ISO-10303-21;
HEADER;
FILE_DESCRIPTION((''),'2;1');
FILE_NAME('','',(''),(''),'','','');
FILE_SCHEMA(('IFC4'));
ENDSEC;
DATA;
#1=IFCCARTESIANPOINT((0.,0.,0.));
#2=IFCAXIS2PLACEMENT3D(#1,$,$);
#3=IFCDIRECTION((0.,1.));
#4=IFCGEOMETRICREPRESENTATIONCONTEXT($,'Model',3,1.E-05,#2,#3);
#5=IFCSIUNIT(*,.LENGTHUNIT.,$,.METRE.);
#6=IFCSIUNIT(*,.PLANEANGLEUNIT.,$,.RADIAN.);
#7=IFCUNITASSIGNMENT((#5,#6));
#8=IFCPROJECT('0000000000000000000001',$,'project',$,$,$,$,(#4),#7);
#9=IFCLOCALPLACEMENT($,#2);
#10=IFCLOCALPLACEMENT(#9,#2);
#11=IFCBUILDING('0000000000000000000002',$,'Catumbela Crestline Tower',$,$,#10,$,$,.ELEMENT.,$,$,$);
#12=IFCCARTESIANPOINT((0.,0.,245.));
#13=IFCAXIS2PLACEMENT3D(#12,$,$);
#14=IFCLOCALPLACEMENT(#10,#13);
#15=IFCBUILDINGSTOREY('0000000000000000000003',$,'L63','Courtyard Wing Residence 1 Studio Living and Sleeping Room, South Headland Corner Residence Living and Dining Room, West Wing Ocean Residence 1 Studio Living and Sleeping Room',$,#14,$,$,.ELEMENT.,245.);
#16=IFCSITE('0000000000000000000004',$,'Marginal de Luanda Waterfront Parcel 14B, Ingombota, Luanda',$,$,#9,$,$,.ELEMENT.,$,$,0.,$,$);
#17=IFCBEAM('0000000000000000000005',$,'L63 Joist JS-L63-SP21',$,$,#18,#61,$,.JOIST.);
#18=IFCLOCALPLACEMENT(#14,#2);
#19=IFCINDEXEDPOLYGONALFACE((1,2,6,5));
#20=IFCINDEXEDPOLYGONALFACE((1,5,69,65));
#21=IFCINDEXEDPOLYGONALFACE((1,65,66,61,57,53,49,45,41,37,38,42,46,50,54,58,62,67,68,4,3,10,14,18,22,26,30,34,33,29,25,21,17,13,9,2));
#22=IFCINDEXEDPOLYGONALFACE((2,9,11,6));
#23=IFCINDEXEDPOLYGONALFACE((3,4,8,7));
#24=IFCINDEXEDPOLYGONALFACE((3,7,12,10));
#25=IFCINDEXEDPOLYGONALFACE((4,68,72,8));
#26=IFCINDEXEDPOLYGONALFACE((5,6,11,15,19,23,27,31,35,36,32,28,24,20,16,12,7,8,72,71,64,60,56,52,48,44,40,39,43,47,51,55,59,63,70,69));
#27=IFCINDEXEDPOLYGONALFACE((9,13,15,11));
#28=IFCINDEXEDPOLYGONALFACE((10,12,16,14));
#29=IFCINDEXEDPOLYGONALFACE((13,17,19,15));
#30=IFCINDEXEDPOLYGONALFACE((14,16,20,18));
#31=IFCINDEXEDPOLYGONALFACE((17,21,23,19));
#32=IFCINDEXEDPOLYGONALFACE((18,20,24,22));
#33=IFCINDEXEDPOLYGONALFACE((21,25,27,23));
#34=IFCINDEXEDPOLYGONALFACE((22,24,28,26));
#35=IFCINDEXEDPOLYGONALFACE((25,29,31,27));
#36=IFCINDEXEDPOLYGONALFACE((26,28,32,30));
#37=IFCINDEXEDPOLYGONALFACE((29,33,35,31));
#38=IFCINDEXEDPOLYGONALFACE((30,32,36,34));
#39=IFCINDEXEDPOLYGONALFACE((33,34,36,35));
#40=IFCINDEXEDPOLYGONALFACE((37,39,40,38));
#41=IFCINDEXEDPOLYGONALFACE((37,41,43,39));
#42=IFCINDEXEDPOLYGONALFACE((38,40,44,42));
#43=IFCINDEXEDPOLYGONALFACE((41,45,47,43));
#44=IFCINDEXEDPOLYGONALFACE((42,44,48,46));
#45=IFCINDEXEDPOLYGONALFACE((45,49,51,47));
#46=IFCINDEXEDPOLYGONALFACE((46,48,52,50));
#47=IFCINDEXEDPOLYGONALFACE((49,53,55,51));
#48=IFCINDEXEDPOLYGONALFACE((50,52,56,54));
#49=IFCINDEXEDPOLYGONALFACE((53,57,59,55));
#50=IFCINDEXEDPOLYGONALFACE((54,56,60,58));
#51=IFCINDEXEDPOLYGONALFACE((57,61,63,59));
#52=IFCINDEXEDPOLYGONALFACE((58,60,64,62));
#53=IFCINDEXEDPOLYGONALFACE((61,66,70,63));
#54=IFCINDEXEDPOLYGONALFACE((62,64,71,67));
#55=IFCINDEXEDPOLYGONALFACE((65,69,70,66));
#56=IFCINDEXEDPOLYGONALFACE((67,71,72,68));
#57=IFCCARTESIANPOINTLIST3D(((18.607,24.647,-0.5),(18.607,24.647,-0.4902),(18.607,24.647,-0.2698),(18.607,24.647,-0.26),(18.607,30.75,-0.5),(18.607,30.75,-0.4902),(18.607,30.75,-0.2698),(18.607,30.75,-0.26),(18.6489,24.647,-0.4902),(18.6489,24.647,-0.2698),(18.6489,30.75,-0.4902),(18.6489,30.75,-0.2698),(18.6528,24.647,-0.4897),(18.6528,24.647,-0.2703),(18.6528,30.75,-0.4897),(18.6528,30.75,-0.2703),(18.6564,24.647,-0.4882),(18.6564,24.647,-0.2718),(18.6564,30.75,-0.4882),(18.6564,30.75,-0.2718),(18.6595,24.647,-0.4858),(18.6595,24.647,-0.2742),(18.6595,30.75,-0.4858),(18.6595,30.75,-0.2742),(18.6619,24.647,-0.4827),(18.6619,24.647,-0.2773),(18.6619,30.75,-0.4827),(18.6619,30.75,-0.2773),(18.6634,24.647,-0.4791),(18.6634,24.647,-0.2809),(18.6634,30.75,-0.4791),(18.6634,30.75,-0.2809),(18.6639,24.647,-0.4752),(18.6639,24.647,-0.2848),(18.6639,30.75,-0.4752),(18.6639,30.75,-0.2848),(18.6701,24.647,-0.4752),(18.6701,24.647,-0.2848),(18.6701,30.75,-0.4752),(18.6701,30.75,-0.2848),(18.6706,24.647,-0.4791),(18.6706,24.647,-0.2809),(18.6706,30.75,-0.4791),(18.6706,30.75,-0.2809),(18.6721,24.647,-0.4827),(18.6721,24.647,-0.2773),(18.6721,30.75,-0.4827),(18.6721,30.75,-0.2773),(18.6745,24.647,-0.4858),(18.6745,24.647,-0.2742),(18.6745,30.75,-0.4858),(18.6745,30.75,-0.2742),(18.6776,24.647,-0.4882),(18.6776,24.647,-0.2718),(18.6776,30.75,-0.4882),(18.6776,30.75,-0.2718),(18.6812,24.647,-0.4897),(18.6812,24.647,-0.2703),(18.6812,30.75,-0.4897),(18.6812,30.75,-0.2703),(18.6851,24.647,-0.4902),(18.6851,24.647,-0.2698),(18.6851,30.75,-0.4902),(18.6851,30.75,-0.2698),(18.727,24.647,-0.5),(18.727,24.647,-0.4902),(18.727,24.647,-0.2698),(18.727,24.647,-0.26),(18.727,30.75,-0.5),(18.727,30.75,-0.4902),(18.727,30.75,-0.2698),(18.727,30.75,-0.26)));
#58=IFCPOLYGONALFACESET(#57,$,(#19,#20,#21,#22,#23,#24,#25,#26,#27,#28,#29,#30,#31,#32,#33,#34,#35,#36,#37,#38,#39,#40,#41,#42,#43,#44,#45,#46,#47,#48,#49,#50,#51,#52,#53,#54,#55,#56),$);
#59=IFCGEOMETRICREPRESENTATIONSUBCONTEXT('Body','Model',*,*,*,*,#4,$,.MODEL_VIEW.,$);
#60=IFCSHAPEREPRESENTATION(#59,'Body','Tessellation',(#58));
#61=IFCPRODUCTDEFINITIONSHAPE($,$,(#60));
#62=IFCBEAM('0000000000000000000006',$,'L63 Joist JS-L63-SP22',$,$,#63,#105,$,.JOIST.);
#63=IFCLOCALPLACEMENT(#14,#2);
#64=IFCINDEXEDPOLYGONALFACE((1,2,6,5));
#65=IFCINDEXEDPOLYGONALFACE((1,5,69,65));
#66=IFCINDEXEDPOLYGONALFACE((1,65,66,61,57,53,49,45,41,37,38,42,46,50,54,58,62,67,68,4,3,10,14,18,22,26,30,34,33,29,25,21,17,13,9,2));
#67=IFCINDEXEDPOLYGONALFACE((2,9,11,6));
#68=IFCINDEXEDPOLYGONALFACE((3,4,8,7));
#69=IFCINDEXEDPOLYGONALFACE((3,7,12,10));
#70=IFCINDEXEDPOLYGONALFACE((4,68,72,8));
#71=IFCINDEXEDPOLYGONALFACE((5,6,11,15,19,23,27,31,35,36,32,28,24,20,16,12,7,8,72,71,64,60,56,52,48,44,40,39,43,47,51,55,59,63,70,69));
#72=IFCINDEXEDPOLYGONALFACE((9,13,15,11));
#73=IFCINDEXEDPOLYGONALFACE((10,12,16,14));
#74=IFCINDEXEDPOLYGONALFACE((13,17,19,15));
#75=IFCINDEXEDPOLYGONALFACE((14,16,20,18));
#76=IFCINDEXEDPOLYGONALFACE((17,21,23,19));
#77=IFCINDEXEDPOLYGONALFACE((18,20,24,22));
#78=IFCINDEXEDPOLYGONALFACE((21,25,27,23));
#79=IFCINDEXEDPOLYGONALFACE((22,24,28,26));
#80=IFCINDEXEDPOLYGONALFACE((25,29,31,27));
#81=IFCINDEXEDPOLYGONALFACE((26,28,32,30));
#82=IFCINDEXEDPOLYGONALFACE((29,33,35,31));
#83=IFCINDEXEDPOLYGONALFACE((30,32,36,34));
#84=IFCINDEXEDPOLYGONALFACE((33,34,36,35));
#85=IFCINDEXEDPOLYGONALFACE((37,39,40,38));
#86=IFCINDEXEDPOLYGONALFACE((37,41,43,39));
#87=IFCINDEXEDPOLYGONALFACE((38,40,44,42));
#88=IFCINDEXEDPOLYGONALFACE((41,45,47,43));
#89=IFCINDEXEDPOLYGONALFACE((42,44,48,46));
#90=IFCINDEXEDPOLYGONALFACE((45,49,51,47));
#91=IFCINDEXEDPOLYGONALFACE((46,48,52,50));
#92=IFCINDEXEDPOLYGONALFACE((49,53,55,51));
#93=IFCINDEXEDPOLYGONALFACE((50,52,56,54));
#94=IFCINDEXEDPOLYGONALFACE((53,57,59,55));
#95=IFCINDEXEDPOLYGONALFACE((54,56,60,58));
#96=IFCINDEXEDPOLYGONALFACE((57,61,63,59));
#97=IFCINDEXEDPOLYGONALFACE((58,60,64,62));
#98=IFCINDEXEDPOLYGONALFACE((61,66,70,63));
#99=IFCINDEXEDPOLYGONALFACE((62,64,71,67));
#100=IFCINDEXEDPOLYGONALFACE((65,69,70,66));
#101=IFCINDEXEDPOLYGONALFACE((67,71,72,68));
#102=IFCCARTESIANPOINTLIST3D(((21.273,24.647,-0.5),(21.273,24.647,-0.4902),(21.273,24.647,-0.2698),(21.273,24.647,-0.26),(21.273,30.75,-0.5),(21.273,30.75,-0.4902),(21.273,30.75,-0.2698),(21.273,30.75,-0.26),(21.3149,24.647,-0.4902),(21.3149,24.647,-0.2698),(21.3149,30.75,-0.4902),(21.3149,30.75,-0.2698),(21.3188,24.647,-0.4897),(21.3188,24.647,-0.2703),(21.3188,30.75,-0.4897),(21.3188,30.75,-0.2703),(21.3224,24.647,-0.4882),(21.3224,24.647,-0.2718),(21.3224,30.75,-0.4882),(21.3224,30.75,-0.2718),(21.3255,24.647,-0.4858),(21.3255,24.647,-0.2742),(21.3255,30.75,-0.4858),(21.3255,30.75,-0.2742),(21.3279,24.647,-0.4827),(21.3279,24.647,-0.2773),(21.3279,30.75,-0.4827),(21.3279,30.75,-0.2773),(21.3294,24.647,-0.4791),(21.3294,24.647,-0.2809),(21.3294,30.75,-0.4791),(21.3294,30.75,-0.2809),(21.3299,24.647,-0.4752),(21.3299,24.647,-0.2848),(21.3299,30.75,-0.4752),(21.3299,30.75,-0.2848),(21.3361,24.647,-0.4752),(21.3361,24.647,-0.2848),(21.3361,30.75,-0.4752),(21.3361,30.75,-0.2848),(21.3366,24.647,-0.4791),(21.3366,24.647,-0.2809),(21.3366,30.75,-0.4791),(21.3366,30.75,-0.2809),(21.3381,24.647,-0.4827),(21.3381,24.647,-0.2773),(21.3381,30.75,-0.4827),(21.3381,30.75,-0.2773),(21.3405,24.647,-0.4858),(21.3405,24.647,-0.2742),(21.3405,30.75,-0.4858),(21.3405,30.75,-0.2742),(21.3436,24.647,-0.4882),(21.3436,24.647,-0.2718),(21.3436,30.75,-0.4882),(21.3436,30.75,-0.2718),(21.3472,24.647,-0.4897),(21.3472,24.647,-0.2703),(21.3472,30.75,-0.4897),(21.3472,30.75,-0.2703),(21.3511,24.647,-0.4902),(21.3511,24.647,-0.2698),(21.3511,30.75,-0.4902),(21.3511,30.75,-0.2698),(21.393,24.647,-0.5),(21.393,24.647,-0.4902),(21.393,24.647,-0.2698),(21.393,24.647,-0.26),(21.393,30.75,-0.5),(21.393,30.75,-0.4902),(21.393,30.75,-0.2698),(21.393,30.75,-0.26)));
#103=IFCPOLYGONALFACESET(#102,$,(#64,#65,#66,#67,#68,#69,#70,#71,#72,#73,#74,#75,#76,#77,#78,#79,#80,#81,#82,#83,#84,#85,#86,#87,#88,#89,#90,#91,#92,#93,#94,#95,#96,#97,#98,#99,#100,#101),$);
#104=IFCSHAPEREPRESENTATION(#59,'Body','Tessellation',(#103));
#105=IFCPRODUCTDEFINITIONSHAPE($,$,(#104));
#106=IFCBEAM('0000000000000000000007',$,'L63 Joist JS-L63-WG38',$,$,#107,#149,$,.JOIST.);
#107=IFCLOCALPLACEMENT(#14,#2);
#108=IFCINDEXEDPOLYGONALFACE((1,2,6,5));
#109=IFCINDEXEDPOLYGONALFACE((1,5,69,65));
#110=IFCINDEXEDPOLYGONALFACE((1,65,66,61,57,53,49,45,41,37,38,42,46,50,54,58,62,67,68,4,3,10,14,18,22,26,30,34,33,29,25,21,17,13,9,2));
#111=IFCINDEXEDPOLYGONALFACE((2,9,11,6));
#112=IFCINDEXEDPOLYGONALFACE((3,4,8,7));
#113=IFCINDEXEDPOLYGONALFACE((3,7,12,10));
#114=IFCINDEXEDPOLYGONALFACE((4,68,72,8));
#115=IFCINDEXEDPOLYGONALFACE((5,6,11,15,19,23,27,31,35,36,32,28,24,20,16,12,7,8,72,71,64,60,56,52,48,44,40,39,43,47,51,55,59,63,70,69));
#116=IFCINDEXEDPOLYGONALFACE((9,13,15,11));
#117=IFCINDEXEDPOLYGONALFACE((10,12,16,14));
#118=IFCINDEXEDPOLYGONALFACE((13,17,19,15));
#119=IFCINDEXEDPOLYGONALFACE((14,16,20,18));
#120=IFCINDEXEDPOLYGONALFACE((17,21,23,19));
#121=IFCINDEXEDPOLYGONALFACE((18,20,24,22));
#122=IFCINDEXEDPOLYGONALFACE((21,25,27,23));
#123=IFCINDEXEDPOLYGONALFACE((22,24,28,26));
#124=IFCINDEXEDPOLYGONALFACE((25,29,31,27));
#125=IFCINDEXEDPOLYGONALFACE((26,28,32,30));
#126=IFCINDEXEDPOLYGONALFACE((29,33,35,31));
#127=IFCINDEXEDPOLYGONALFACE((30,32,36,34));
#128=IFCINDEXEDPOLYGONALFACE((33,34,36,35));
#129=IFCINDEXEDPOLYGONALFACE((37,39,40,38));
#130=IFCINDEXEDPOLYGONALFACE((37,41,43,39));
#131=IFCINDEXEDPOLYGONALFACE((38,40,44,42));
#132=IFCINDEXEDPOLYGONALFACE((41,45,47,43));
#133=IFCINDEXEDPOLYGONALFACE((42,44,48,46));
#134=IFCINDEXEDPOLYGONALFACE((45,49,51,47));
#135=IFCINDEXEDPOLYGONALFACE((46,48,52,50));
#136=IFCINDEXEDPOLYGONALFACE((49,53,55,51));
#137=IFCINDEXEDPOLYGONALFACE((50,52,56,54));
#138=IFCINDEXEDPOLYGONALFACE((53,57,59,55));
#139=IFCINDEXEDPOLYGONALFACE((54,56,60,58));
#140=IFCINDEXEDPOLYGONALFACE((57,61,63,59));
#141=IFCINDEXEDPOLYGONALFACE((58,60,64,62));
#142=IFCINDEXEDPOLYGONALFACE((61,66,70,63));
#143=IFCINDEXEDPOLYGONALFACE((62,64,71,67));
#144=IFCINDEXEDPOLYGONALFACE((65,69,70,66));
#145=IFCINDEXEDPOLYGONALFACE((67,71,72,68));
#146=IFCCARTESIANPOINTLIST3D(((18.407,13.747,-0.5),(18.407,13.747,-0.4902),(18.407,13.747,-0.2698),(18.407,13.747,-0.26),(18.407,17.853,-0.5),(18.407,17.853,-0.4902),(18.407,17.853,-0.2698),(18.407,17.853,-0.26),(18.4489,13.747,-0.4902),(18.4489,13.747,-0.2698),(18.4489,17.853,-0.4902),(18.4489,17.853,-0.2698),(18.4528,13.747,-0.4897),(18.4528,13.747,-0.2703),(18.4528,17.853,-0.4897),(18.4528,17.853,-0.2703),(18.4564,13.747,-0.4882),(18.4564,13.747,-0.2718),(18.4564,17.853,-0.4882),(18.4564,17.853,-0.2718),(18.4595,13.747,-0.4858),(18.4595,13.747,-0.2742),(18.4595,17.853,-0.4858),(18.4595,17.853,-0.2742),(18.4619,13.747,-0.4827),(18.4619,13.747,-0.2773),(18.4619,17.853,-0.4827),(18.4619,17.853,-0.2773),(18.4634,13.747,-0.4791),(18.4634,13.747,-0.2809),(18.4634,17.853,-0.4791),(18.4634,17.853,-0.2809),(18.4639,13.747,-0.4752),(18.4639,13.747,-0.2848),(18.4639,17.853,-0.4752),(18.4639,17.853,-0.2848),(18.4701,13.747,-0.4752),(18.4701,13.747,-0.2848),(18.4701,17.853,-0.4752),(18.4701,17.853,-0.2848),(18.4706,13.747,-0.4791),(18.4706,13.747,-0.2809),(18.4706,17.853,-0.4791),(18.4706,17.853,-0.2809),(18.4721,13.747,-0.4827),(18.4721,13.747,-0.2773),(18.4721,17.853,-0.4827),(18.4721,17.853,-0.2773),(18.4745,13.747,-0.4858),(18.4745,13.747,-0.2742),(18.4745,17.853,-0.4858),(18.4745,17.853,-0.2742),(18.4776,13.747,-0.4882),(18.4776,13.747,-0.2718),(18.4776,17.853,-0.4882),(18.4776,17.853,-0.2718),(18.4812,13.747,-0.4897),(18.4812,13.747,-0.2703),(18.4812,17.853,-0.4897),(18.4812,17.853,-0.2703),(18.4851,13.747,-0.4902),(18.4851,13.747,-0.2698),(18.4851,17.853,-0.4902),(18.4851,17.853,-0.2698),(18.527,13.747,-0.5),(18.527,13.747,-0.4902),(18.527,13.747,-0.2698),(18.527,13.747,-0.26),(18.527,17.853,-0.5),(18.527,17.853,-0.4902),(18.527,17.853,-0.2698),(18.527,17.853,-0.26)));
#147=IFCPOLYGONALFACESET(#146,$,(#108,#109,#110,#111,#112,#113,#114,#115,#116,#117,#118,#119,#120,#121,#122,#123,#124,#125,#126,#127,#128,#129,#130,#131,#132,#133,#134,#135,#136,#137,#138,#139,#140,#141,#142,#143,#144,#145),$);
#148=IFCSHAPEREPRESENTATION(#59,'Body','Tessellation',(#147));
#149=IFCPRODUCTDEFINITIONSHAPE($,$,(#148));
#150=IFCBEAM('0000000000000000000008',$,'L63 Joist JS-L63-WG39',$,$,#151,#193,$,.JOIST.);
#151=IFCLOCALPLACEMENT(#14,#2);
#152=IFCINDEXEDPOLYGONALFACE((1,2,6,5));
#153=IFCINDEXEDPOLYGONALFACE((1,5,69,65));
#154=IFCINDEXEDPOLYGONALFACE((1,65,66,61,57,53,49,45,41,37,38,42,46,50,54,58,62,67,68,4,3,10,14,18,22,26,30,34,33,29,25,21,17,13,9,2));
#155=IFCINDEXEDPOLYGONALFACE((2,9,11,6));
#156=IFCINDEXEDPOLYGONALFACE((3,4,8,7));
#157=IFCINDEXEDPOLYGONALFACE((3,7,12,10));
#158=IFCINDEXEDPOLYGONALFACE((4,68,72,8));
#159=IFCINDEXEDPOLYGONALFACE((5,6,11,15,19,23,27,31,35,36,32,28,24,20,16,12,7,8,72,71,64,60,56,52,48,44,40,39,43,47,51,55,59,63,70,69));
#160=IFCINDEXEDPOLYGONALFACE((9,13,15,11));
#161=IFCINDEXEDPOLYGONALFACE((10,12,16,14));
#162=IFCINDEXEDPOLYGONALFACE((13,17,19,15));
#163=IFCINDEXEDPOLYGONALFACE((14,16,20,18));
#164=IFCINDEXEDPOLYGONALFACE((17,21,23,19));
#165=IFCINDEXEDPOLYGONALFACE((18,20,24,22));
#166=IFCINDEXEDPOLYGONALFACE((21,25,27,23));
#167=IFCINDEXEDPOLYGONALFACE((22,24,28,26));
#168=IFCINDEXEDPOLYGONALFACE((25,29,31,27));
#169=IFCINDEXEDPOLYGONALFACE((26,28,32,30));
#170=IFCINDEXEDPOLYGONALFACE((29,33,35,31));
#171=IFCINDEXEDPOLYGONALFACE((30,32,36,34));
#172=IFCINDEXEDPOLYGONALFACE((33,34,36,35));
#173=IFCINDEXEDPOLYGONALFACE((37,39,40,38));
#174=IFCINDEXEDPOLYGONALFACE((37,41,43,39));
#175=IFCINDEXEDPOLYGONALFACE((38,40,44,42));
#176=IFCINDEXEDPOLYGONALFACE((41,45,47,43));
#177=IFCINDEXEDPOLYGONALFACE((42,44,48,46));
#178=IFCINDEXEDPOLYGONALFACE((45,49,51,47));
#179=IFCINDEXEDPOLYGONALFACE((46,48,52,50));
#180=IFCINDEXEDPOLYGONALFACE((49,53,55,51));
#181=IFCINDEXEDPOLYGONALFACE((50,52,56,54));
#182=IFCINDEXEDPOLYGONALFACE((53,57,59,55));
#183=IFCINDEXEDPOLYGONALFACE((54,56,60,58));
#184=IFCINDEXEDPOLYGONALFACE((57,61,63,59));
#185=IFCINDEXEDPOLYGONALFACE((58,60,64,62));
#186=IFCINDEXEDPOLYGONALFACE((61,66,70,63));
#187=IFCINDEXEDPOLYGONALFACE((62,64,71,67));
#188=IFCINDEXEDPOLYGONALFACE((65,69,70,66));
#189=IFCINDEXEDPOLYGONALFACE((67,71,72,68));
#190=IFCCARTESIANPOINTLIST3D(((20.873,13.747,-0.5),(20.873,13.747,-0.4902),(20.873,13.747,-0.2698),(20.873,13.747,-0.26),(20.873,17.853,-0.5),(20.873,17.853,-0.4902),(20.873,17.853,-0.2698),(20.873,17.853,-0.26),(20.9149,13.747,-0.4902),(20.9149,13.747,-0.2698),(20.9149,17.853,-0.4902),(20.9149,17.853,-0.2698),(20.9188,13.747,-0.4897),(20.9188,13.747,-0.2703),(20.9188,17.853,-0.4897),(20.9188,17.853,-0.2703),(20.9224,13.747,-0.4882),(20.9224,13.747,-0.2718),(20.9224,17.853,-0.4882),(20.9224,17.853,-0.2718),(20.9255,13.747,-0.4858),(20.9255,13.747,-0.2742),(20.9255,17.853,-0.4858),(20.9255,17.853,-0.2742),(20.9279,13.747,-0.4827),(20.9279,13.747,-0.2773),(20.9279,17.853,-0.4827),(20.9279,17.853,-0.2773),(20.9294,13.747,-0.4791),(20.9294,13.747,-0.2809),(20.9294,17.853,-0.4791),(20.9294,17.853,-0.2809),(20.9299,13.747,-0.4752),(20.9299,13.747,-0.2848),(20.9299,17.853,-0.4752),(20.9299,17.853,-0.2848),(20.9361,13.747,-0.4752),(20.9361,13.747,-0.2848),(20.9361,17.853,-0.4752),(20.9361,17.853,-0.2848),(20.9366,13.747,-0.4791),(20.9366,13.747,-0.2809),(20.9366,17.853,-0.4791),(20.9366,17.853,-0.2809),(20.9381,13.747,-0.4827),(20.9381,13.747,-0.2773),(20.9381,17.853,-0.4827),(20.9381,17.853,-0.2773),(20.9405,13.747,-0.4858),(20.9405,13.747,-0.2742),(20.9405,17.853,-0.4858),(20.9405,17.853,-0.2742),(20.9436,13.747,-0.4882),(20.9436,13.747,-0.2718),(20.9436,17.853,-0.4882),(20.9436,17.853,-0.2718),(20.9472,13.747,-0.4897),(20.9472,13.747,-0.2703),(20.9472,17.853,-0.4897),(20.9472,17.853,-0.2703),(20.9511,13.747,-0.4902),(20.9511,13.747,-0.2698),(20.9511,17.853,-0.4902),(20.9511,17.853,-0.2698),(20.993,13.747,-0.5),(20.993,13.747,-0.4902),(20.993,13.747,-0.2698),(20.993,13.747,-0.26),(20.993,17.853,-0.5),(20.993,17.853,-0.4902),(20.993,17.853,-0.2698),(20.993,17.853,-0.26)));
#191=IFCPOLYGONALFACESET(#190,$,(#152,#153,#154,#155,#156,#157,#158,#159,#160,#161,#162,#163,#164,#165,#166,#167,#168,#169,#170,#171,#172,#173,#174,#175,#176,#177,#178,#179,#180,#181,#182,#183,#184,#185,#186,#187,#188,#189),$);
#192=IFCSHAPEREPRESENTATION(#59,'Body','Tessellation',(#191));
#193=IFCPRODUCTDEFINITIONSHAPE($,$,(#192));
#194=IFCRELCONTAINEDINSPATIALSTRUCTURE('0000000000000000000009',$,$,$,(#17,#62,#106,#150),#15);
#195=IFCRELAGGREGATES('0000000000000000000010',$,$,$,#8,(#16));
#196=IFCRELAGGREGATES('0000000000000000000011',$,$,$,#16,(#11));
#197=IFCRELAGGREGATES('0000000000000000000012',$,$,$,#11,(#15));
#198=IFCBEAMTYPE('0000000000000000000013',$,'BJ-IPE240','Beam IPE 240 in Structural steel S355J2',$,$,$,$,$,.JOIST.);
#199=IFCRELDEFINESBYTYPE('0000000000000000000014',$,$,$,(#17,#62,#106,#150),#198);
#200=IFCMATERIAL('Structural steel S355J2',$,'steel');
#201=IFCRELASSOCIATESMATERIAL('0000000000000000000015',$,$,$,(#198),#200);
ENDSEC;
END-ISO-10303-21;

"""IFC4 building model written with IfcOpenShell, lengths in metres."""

from ifc_helpers import new_model, si_unit, direction, frame, origin, origin_2d, place, context, subcontext, project, spatial, i_section, extrude, material, material_profile, profile_set, type_object, element, save


model = new_model("IFC4")

# Units and contexts
model_context = context("Model", 3, precision=1e-05, world=origin(), true_north=direction((0.0, 1.0)))
body_context = subcontext(model_context, "Body", "Model", "MODEL_VIEW")
ifc_project = project(units=[si_unit("LENGTHUNIT", "METRE"), si_unit("PLANEANGLEUNIT", "RADIAN")], contexts=[model_context])

# Site, building, storey
site_placement = place(None, origin())
site = spatial("IfcSite", under=ifc_project, at=site_placement, Name="Marginal de Luanda Waterfront Parcel 14B, Ingombota, Luanda", CompositionType="ELEMENT", RefElevation=0.0)
building_placement = place(site_placement, origin())
building = spatial("IfcBuilding", under=site, at=building_placement, Name="Catumbela Crestline Tower", CompositionType="ELEMENT")
storey_placement = place(building_placement, frame((0.0, 0.0, 245.0)))
storey = spatial("IfcBuildingStorey", under=building, at=storey_placement, Name="L63", Description="Courtyard Wing Residence 1 Studio Living and Sleeping Room, South Headland Corner Residence Living and Dining Room, West Wing Ocean Residence 1 Studio Living and Sleeping Room", CompositionType="ELEMENT", Elevation=245.0)

# Shared definitions
ifc_material_1 = material(Name="Structural steel S355J2", Category="steel")

# Beams
ifc_material_profile_1 = material_profile(ifc_material_1, i_section(OverallWidth=0.12, OverallDepth=0.24, WebThickness=0.0062, FlangeThickness=0.0098, FilletRadius=0.015, at=origin_2d()), Name="IPE 240")
ifc_profile_set_1 = profile_set([ifc_material_profile_1], Name="Structural steel S355J2")
beam_type_1 = type_object("IfcBeamType", Name="BJ-IPE240", Description="Beam IPE 240 in Structural steel S355J2", PredefinedType="JOIST", material=ifc_profile_set_1)
for number, where, z_axis, x_axis, name in (
    (1, (18.667, 24.647, -0.38), (0.0, 1.0, 0.0), (-1.0, 0.0, 0.0), "L63 Joist JS-L63-SP21"),
    (2, (21.333, 24.647, -0.38), (0.0, 1.0, 0.0), (-1.0, 0.0, 0.0), "L63 Joist JS-L63-SP22"),
):
    element("IfcBeam", number, at=place(storey_placement, frame(where, z_axis=z_axis, x_axis=x_axis)), inside=storey, type_object=beam_type_1, Name=name, PredefinedType="JOIST", context=body_context, shape_type="SweptSolid", body=[
        extrude(i_section(OverallWidth=0.12, OverallDepth=0.24, WebThickness=0.0062, FlangeThickness=0.0098, FilletRadius=0.015, at=origin_2d()), origin(), (0.0, 0.0, 1.0), 6.103),
    ])
for number, where, z_axis, x_axis, name in (
    (3, (18.467, 13.747, -0.38), (0.0, 1.0, 0.0), (-1.0, 0.0, 0.0), "L63 Joist JS-L63-WG38"),
    (4, (20.933, 13.747, -0.38), (0.0, 1.0, 0.0), (-1.0, 0.0, 0.0), "L63 Joist JS-L63-WG39"),
):
    element("IfcBeam", number, at=place(storey_placement, frame(where, z_axis=z_axis, x_axis=x_axis)), inside=storey, type_object=beam_type_1, Name=name, PredefinedType="JOIST", context=body_context, shape_type="SweptSolid", body=[
        extrude(i_section(OverallWidth=0.12, OverallDepth=0.24, WebThickness=0.0062, FlangeThickness=0.0098, FilletRadius=0.015, at=origin_2d()), origin(), (0.0, 0.0, 1.0), 4.106),
    ])

save(model, "model.ifc")
